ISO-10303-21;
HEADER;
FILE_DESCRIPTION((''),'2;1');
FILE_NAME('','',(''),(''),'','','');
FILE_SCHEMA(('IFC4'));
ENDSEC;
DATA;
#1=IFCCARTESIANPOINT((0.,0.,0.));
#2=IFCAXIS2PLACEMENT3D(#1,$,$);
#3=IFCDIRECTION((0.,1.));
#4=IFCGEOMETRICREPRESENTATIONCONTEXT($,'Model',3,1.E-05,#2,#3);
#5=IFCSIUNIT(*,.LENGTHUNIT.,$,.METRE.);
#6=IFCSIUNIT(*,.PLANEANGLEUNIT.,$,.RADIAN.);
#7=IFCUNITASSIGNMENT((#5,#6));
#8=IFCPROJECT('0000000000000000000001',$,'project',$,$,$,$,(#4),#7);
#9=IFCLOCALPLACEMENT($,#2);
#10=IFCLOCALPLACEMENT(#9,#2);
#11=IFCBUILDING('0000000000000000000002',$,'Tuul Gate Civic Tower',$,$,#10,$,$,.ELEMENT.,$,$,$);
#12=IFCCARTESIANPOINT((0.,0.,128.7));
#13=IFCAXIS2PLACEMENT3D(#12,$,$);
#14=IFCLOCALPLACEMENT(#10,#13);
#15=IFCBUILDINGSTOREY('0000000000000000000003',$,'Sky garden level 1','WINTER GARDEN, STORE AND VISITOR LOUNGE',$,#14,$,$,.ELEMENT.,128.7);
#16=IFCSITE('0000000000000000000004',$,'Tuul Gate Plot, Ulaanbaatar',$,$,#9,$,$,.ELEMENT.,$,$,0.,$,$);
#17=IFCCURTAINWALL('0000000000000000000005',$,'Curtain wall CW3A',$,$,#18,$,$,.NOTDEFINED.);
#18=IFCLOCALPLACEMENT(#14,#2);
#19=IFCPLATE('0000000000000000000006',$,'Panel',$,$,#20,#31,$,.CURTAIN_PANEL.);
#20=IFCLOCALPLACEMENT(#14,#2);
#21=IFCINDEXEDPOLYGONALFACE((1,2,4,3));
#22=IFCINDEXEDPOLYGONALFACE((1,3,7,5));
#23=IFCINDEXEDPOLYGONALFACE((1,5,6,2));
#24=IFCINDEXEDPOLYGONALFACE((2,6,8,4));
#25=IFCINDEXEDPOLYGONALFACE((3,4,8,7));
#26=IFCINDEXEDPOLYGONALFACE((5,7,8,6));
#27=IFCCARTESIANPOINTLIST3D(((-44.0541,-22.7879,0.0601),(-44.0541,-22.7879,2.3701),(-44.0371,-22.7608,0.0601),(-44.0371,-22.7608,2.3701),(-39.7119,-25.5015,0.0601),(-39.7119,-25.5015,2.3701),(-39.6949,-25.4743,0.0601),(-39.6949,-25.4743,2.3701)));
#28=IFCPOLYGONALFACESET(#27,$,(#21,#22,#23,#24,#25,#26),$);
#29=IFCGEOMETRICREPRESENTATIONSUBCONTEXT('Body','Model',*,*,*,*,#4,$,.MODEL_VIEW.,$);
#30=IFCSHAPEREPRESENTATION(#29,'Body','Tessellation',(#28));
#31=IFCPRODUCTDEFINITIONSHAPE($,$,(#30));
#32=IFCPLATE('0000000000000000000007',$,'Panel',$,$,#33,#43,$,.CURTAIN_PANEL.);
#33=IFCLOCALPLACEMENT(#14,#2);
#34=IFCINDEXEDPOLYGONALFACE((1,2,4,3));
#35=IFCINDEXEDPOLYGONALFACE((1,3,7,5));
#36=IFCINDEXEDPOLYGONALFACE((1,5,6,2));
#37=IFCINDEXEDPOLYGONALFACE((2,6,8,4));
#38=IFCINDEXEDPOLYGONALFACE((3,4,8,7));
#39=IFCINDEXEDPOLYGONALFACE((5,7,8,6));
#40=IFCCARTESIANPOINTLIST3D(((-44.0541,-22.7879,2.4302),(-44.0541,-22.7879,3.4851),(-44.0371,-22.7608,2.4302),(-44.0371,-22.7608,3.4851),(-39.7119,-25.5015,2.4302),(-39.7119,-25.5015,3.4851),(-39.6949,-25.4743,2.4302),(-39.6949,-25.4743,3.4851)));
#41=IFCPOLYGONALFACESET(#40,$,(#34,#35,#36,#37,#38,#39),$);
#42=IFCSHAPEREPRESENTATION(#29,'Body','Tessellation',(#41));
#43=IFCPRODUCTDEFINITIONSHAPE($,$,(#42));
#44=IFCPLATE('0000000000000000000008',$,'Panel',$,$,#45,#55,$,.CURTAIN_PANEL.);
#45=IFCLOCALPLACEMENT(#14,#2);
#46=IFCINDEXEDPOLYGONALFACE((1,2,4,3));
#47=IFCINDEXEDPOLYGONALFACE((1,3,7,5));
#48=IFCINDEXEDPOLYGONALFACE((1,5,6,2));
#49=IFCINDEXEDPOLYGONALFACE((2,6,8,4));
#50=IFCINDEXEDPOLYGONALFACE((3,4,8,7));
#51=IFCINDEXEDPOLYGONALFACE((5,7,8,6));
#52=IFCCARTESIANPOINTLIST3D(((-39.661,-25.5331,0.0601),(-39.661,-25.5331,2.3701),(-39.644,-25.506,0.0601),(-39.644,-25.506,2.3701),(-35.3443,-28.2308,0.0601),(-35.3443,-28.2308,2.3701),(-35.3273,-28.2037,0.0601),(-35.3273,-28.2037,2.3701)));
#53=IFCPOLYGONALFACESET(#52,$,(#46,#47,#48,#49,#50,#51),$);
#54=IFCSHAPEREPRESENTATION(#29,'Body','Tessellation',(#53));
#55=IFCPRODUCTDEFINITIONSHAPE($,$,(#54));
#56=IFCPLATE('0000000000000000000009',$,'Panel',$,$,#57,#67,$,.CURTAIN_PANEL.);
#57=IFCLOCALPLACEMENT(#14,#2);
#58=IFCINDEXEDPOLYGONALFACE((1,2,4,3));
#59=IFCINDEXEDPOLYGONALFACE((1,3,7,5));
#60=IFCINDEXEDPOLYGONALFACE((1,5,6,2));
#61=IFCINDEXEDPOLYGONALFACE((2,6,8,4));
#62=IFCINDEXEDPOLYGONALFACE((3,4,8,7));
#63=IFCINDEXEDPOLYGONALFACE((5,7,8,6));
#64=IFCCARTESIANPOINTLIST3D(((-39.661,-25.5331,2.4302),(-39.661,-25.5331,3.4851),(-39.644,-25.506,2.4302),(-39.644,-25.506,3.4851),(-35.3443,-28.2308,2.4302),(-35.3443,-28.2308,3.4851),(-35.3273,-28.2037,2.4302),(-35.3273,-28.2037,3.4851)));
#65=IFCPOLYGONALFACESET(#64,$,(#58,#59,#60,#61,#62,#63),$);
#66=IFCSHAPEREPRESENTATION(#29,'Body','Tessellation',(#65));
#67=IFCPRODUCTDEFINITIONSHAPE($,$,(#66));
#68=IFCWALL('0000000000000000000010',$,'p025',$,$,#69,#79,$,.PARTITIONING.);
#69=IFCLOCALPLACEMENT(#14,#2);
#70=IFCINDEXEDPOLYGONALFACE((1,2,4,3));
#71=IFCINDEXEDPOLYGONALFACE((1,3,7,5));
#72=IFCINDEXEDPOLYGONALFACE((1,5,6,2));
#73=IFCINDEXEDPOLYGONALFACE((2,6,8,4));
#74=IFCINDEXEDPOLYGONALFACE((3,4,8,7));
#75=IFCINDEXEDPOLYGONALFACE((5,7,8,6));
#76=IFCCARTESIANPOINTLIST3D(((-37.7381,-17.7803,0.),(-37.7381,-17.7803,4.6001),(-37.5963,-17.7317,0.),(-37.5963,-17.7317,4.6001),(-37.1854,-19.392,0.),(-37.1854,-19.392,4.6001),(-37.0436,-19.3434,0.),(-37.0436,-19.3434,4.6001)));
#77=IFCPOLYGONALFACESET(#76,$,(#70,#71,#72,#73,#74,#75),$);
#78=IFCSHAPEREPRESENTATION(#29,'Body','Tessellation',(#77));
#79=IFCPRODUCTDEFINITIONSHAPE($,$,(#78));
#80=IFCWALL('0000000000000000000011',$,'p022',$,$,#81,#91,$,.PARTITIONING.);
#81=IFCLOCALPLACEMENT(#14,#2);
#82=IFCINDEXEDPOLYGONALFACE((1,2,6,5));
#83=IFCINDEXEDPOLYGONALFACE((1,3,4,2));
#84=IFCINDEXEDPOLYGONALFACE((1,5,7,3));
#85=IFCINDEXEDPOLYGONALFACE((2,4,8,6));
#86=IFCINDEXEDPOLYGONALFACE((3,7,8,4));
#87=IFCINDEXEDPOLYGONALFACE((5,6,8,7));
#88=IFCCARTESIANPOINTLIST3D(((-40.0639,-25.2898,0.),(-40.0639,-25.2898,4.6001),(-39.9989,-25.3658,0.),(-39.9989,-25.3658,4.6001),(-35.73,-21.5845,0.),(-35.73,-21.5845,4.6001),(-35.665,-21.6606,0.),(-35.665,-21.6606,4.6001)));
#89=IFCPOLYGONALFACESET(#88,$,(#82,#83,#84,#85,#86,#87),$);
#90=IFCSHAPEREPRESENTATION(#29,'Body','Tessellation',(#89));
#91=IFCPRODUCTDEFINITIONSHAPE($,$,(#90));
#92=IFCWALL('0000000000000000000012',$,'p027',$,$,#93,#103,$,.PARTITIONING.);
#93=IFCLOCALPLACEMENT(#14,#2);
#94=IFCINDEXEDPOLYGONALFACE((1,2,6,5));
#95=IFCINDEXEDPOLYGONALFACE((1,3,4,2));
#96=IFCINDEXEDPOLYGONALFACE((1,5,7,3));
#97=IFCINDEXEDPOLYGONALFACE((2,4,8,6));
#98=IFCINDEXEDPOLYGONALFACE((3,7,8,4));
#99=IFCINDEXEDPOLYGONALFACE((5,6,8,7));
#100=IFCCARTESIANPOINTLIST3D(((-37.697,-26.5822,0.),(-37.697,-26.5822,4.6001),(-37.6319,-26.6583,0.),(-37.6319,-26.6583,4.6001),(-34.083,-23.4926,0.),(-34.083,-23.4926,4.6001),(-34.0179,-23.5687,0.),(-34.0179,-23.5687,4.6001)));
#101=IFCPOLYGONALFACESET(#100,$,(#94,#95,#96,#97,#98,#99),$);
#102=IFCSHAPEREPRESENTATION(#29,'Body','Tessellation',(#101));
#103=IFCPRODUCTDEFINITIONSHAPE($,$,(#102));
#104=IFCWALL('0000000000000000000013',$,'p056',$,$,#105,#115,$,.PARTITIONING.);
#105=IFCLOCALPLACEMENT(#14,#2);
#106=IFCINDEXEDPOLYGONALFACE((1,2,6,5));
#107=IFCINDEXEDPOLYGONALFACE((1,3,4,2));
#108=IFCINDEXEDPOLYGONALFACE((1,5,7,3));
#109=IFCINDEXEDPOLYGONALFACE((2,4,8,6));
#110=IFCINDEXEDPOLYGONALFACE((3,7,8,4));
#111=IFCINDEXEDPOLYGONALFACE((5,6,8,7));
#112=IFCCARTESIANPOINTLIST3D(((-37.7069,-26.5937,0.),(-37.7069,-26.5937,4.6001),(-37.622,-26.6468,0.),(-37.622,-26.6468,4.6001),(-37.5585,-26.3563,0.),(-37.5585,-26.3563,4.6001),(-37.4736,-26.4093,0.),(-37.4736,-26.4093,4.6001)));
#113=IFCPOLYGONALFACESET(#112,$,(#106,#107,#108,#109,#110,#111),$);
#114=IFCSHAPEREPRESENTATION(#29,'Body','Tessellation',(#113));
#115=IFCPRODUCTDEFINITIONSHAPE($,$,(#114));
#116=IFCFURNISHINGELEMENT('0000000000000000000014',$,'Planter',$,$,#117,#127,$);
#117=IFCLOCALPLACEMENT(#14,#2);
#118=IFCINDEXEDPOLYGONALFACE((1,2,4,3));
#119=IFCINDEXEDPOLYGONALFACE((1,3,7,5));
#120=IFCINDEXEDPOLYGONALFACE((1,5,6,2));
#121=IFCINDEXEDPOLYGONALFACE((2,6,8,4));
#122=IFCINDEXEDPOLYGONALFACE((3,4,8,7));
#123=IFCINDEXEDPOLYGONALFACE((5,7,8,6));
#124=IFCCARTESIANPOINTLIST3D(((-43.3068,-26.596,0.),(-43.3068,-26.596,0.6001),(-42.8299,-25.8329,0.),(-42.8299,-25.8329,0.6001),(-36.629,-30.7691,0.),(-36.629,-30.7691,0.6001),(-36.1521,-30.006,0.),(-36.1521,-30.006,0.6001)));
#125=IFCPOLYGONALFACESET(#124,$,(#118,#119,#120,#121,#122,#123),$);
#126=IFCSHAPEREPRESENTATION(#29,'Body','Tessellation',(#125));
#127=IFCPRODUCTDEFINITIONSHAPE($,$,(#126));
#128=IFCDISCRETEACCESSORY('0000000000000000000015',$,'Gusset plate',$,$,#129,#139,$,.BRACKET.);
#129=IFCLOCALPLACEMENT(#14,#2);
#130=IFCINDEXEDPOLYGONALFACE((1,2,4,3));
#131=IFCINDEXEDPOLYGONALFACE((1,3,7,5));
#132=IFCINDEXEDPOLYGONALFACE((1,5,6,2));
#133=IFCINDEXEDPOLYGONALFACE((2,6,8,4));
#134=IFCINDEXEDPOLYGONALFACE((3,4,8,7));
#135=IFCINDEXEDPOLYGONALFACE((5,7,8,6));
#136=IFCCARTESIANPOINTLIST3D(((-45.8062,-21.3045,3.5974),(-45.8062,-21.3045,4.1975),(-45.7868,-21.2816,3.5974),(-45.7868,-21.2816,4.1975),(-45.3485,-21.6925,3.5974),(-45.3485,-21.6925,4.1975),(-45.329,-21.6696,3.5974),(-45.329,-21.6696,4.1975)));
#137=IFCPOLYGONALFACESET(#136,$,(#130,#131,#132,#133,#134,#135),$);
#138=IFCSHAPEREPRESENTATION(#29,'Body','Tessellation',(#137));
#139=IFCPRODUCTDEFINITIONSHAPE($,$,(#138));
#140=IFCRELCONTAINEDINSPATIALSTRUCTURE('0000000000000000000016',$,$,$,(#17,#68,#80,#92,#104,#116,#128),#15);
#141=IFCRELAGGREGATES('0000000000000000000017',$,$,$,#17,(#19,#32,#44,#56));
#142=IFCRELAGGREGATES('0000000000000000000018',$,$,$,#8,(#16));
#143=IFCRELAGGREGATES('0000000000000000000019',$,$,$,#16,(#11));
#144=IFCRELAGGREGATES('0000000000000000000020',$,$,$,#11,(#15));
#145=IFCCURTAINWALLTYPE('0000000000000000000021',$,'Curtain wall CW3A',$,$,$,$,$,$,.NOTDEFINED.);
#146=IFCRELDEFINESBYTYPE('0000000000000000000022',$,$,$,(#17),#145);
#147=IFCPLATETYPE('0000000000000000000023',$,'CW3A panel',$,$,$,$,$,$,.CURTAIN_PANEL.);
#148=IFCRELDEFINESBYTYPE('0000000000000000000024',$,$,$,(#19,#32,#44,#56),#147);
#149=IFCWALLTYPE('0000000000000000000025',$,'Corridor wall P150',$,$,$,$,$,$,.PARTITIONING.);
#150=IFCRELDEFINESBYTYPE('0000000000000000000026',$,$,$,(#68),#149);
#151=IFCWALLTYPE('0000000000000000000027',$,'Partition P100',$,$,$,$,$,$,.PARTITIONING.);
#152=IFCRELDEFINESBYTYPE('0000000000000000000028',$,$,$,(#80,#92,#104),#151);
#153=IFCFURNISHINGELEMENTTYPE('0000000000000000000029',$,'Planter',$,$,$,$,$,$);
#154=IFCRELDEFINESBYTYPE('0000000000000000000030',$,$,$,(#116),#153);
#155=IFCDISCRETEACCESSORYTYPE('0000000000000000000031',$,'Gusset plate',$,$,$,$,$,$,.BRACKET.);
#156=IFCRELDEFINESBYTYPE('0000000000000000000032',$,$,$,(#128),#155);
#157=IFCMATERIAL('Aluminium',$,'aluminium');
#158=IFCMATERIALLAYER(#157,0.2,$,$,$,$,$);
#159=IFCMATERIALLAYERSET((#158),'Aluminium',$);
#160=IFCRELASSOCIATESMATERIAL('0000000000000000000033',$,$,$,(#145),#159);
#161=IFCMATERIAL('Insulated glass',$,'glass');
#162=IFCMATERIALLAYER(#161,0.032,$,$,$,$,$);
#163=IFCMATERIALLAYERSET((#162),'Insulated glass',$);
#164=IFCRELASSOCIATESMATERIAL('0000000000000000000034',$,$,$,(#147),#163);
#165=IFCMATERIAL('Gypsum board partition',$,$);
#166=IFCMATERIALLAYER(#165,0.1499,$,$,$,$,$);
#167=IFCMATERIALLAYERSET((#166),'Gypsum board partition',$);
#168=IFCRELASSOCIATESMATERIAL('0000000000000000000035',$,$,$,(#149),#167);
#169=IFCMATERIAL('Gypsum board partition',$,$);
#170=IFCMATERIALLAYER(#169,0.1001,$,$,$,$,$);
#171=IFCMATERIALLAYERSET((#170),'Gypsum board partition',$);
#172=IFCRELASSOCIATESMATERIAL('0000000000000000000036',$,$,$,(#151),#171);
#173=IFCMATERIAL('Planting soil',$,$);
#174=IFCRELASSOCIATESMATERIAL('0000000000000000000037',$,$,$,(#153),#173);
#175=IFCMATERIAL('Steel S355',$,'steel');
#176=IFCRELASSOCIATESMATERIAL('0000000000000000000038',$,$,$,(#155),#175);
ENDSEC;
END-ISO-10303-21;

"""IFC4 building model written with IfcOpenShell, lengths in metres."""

from ifc_helpers import new_model, si_unit, direction, frame, frame_2d, origin, origin_2d, place, context, subcontext, project, spatial, rectangle, extrude, material, layer, layer_set, type_object, element, aggregate, save


model = new_model("IFC4")

# Units and contexts
model_context = context("Model", 3, precision=1e-05, world=origin(), true_north=direction((0.0, 1.0)))
body_context = subcontext(model_context, "Body", "Model", "MODEL_VIEW")
ifc_project = project(units=[si_unit("LENGTHUNIT", "METRE"), si_unit("PLANEANGLEUNIT", "RADIAN")], contexts=[model_context])

# Site, building, storey
site_placement = place(None, origin())
site = spatial("IfcSite", under=ifc_project, at=site_placement, Name="Tuul Gate Plot, Ulaanbaatar", CompositionType="ELEMENT", RefElevation=0.0)
building_placement = place(site_placement, origin())
building = spatial("IfcBuilding", under=site, at=building_placement, Name="Tuul Gate Civic Tower", CompositionType="ELEMENT")
storey_placement = place(building_placement, frame((0.0, 0.0, 128.7)))
storey = spatial("IfcBuildingStorey", under=building, at=storey_placement, Name="Sky garden level 1", Description="WINTER GARDEN, STORE AND VISITOR LOUNGE", CompositionType="ELEMENT", Elevation=128.7)

# Curtain wall
ifc_material_1 = material(Name="Aluminium", Category="aluminium")
ifc_layer_1 = layer(ifc_material_1, 0.2)
ifc_layer_set_1 = layer_set([ifc_layer_1], Name="Aluminium")
curtain_wall_type = type_object("IfcCurtainWallType", Name="Curtain wall CW3A", PredefinedType="NOTDEFINED", material=ifc_layer_set_1)
curtain_wall_placement = place(storey_placement, origin())
curtain_wall = element("IfcCurtainWall", 1, at=curtain_wall_placement, inside=storey, type_object=curtain_wall_type, Name="Curtain wall CW3A", PredefinedType="NOTDEFINED")

# Plates
ifc_material_2 = material(Name="Insulated glass", Category="glass")
ifc_layer_2 = layer(ifc_material_2, 0.032)
ifc_layer_set_2 = layer_set([ifc_layer_2], Name="Insulated glass")
plate_type = type_object("IfcPlateType", Name="CW3A panel", PredefinedType="CURTAIN_PANEL", material=ifc_layer_set_2)
plate_1_placement = place(storey_placement, frame((-41.8745, -24.1311, 0.0601), z_axis=(0.0, 0.0, 1.0), x_axis=(0.848024, -0.529958, 0.0)))
plate_1 = element("IfcPlate", 2, at=plate_1_placement, type_object=plate_type, Name="Panel", PredefinedType="CURTAIN_PANEL", context=body_context, shape_type="SweptSolid", body=[
    extrude(rectangle(XDim=5.1204, YDim=0.032, at=origin_2d()), origin(), (0.0, 0.0, 1.0), 2.3101),
])
plate_2_placement = place(storey_placement, frame((-41.8745, -24.1311, 2.4302), z_axis=(0.0, 0.0, 1.0), x_axis=(0.848024, -0.529958, 0.0)))
plate_2 = element("IfcPlate", 3, at=plate_2_placement, type_object=plate_type, Name="Panel", PredefinedType="CURTAIN_PANEL", context=body_context, shape_type="SweptSolid", body=[
    extrude(rectangle(XDim=5.1204, YDim=0.032, at=origin_2d()), origin(), (0.0, 0.0, 1.0), 1.0549),
])
plate_3_placement = place(storey_placement, frame((-37.4941, -26.8684, 0.0601), z_axis=(0.0, 0.0, 1.0), x_axis=(0.848024, -0.529958, 0.0)))
plate_3 = element("IfcPlate", 4, at=plate_3_placement, type_object=plate_type, Name="Panel", PredefinedType="CURTAIN_PANEL", context=body_context, shape_type="SweptSolid", body=[
    extrude(rectangle(XDim=5.0903, YDim=0.032, at=origin_2d()), origin(), (0.0, 0.0, 1.0), 2.3101),
])
plate_4_placement = place(storey_placement, frame((-37.4941, -26.8684, 2.4302), z_axis=(0.0, 0.0, 1.0), x_axis=(0.848024, -0.529958, 0.0)))
plate_4 = element("IfcPlate", 5, at=plate_4_placement, type_object=plate_type, Name="Panel", PredefinedType="CURTAIN_PANEL", context=body_context, shape_type="SweptSolid", body=[
    extrude(rectangle(XDim=5.0903, YDim=0.032, at=origin_2d()), origin(), (0.0, 0.0, 1.0), 1.0549),
])
aggregate(curtain_wall, [plate_1, plate_2, plate_3, plate_4])

# Walls
ifc_material_3 = material(Name="Gypsum board partition")
ifc_layer_3 = layer(ifc_material_3, 0.1499)
ifc_layer_set_3 = layer_set([ifc_layer_3], Name="Gypsum board partition")
wall_type_1 = type_object("IfcWallType", Name="Corridor wall P150", PredefinedType="PARTITIONING", material=ifc_layer_set_3)
wall_1_placement = place(storey_placement, frame((-37.6672, -17.7559, 0.0), z_axis=(0.0, 0.0, 1.0), x_axis=(0.324383, -0.945926, 0.0)))
element("IfcWall", 6, at=wall_1_placement, inside=storey, type_object=wall_type_1, Name="p025", PredefinedType="PARTITIONING", context=body_context, shape_type="SweptSolid", body=[
    extrude(rectangle(XDim=1.7039, YDim=0.1499, at=frame_2d((0.8521, 0.0))), origin(), (0.0, 0.0, 1.0), 4.6001),
])
ifc_material_4 = material(Name="Gypsum board partition")
ifc_layer_4 = layer(ifc_material_4, 0.1001)
ifc_layer_set_4 = layer_set([ifc_layer_4], Name="Gypsum board partition")
wall_type_2 = type_object("IfcWallType", Name="Partition P100", PredefinedType="PARTITIONING", material=ifc_layer_set_4)
wall_2_placement = place(storey_placement, frame((-40.0315, -25.3279, 0.0), z_axis=(0.0, 0.0, 1.0), x_axis=(0.760081, 0.649828, 0.0)))
element("IfcWall", 7, at=wall_2_placement, inside=storey, type_object=wall_type_2, Name="p022", PredefinedType="PARTITIONING", context=body_context, shape_type="SweptSolid", body=[
    extrude(rectangle(XDim=5.7019, YDim=0.1001, at=frame_2d((2.8511, 0.0))), origin(), (0.0, 0.0, 1.0), 4.6001),
])
wall_3_placement = place(storey_placement, frame((-37.6646, -26.6204, 0.0), z_axis=(0.0, 0.0, 1.0), x_axis=(0.7601, 0.649806, 0.0)))
element("IfcWall", 8, at=wall_3_placement, inside=storey, type_object=wall_type_2, Name="p027", PredefinedType="PARTITIONING", context=body_context, shape_type="SweptSolid", body=[
    extrude(rectangle(XDim=4.7546, YDim=0.1001, at=frame_2d((2.3774, 0.0))), origin(), (0.0, 0.0, 1.0), 4.6001),
])
wall_4_placement = place(storey_placement, frame((-37.6646, -26.6204, 0.0), z_axis=(0.0, 0.0, 1.0), x_axis=(0.529921, 0.848047, 0.0)))
element("IfcWall", 9, at=wall_4_placement, inside=storey, type_object=wall_type_2, Name="p056", PredefinedType="PARTITIONING", context=body_context, shape_type="SweptSolid", body=[
    extrude(rectangle(XDim=0.28, YDim=0.1001, at=frame_2d((0.1401, 0.0))), origin(), (0.0, 0.0, 1.0), 4.6001),
])

# Furnishing element
ifc_material_5 = material(Name="Planting soil")
furnishing_element_type = type_object("IfcFurnishingElementType", Name="Planter", material=ifc_material_5)
furnishing_placement = place(storey_placement, frame((-39.7295, -28.301, 0.0), z_axis=(0.0, 0.0, 1.0), x_axis=(0.848029, -0.52995, 0.0)))
element("IfcFurnishingElement", 10, at=furnishing_placement, inside=storey, type_object=furnishing_element_type, Name="Planter", context=body_context, shape_type="SweptSolid", body=[
    extrude(rectangle(XDim=7.8745, YDim=0.8999, at=origin_2d()), origin(), (0.0, 0.0, 1.0), 0.6001),
])

# Discrete accessory
ifc_material_6 = material(Name="Steel S355", Category="steel")
discrete_accessory_type = type_object("IfcDiscreteAccessoryType", Name="Gusset plate", PredefinedType="BRACKET", material=ifc_material_6)
discrete_accessory_placement = place(storey_placement, frame((-45.5676, -21.4871, 3.5974), z_axis=(0.0, 0.0, 1.0), x_axis=(-0.762825, 0.646605, 0.0)))
element("IfcDiscreteAccessory", 11, at=discrete_accessory_placement, inside=storey, type_object=discrete_accessory_type, Name="Gusset plate", PredefinedType="BRACKET", context=body_context, shape_type="SweptSolid", body=[
    extrude(rectangle(XDim=0.6001, YDim=0.03, at=origin_2d()), origin(), (0.0, 0.0, 1.0), 0.6001),
])

save(model, "model.ifc")
